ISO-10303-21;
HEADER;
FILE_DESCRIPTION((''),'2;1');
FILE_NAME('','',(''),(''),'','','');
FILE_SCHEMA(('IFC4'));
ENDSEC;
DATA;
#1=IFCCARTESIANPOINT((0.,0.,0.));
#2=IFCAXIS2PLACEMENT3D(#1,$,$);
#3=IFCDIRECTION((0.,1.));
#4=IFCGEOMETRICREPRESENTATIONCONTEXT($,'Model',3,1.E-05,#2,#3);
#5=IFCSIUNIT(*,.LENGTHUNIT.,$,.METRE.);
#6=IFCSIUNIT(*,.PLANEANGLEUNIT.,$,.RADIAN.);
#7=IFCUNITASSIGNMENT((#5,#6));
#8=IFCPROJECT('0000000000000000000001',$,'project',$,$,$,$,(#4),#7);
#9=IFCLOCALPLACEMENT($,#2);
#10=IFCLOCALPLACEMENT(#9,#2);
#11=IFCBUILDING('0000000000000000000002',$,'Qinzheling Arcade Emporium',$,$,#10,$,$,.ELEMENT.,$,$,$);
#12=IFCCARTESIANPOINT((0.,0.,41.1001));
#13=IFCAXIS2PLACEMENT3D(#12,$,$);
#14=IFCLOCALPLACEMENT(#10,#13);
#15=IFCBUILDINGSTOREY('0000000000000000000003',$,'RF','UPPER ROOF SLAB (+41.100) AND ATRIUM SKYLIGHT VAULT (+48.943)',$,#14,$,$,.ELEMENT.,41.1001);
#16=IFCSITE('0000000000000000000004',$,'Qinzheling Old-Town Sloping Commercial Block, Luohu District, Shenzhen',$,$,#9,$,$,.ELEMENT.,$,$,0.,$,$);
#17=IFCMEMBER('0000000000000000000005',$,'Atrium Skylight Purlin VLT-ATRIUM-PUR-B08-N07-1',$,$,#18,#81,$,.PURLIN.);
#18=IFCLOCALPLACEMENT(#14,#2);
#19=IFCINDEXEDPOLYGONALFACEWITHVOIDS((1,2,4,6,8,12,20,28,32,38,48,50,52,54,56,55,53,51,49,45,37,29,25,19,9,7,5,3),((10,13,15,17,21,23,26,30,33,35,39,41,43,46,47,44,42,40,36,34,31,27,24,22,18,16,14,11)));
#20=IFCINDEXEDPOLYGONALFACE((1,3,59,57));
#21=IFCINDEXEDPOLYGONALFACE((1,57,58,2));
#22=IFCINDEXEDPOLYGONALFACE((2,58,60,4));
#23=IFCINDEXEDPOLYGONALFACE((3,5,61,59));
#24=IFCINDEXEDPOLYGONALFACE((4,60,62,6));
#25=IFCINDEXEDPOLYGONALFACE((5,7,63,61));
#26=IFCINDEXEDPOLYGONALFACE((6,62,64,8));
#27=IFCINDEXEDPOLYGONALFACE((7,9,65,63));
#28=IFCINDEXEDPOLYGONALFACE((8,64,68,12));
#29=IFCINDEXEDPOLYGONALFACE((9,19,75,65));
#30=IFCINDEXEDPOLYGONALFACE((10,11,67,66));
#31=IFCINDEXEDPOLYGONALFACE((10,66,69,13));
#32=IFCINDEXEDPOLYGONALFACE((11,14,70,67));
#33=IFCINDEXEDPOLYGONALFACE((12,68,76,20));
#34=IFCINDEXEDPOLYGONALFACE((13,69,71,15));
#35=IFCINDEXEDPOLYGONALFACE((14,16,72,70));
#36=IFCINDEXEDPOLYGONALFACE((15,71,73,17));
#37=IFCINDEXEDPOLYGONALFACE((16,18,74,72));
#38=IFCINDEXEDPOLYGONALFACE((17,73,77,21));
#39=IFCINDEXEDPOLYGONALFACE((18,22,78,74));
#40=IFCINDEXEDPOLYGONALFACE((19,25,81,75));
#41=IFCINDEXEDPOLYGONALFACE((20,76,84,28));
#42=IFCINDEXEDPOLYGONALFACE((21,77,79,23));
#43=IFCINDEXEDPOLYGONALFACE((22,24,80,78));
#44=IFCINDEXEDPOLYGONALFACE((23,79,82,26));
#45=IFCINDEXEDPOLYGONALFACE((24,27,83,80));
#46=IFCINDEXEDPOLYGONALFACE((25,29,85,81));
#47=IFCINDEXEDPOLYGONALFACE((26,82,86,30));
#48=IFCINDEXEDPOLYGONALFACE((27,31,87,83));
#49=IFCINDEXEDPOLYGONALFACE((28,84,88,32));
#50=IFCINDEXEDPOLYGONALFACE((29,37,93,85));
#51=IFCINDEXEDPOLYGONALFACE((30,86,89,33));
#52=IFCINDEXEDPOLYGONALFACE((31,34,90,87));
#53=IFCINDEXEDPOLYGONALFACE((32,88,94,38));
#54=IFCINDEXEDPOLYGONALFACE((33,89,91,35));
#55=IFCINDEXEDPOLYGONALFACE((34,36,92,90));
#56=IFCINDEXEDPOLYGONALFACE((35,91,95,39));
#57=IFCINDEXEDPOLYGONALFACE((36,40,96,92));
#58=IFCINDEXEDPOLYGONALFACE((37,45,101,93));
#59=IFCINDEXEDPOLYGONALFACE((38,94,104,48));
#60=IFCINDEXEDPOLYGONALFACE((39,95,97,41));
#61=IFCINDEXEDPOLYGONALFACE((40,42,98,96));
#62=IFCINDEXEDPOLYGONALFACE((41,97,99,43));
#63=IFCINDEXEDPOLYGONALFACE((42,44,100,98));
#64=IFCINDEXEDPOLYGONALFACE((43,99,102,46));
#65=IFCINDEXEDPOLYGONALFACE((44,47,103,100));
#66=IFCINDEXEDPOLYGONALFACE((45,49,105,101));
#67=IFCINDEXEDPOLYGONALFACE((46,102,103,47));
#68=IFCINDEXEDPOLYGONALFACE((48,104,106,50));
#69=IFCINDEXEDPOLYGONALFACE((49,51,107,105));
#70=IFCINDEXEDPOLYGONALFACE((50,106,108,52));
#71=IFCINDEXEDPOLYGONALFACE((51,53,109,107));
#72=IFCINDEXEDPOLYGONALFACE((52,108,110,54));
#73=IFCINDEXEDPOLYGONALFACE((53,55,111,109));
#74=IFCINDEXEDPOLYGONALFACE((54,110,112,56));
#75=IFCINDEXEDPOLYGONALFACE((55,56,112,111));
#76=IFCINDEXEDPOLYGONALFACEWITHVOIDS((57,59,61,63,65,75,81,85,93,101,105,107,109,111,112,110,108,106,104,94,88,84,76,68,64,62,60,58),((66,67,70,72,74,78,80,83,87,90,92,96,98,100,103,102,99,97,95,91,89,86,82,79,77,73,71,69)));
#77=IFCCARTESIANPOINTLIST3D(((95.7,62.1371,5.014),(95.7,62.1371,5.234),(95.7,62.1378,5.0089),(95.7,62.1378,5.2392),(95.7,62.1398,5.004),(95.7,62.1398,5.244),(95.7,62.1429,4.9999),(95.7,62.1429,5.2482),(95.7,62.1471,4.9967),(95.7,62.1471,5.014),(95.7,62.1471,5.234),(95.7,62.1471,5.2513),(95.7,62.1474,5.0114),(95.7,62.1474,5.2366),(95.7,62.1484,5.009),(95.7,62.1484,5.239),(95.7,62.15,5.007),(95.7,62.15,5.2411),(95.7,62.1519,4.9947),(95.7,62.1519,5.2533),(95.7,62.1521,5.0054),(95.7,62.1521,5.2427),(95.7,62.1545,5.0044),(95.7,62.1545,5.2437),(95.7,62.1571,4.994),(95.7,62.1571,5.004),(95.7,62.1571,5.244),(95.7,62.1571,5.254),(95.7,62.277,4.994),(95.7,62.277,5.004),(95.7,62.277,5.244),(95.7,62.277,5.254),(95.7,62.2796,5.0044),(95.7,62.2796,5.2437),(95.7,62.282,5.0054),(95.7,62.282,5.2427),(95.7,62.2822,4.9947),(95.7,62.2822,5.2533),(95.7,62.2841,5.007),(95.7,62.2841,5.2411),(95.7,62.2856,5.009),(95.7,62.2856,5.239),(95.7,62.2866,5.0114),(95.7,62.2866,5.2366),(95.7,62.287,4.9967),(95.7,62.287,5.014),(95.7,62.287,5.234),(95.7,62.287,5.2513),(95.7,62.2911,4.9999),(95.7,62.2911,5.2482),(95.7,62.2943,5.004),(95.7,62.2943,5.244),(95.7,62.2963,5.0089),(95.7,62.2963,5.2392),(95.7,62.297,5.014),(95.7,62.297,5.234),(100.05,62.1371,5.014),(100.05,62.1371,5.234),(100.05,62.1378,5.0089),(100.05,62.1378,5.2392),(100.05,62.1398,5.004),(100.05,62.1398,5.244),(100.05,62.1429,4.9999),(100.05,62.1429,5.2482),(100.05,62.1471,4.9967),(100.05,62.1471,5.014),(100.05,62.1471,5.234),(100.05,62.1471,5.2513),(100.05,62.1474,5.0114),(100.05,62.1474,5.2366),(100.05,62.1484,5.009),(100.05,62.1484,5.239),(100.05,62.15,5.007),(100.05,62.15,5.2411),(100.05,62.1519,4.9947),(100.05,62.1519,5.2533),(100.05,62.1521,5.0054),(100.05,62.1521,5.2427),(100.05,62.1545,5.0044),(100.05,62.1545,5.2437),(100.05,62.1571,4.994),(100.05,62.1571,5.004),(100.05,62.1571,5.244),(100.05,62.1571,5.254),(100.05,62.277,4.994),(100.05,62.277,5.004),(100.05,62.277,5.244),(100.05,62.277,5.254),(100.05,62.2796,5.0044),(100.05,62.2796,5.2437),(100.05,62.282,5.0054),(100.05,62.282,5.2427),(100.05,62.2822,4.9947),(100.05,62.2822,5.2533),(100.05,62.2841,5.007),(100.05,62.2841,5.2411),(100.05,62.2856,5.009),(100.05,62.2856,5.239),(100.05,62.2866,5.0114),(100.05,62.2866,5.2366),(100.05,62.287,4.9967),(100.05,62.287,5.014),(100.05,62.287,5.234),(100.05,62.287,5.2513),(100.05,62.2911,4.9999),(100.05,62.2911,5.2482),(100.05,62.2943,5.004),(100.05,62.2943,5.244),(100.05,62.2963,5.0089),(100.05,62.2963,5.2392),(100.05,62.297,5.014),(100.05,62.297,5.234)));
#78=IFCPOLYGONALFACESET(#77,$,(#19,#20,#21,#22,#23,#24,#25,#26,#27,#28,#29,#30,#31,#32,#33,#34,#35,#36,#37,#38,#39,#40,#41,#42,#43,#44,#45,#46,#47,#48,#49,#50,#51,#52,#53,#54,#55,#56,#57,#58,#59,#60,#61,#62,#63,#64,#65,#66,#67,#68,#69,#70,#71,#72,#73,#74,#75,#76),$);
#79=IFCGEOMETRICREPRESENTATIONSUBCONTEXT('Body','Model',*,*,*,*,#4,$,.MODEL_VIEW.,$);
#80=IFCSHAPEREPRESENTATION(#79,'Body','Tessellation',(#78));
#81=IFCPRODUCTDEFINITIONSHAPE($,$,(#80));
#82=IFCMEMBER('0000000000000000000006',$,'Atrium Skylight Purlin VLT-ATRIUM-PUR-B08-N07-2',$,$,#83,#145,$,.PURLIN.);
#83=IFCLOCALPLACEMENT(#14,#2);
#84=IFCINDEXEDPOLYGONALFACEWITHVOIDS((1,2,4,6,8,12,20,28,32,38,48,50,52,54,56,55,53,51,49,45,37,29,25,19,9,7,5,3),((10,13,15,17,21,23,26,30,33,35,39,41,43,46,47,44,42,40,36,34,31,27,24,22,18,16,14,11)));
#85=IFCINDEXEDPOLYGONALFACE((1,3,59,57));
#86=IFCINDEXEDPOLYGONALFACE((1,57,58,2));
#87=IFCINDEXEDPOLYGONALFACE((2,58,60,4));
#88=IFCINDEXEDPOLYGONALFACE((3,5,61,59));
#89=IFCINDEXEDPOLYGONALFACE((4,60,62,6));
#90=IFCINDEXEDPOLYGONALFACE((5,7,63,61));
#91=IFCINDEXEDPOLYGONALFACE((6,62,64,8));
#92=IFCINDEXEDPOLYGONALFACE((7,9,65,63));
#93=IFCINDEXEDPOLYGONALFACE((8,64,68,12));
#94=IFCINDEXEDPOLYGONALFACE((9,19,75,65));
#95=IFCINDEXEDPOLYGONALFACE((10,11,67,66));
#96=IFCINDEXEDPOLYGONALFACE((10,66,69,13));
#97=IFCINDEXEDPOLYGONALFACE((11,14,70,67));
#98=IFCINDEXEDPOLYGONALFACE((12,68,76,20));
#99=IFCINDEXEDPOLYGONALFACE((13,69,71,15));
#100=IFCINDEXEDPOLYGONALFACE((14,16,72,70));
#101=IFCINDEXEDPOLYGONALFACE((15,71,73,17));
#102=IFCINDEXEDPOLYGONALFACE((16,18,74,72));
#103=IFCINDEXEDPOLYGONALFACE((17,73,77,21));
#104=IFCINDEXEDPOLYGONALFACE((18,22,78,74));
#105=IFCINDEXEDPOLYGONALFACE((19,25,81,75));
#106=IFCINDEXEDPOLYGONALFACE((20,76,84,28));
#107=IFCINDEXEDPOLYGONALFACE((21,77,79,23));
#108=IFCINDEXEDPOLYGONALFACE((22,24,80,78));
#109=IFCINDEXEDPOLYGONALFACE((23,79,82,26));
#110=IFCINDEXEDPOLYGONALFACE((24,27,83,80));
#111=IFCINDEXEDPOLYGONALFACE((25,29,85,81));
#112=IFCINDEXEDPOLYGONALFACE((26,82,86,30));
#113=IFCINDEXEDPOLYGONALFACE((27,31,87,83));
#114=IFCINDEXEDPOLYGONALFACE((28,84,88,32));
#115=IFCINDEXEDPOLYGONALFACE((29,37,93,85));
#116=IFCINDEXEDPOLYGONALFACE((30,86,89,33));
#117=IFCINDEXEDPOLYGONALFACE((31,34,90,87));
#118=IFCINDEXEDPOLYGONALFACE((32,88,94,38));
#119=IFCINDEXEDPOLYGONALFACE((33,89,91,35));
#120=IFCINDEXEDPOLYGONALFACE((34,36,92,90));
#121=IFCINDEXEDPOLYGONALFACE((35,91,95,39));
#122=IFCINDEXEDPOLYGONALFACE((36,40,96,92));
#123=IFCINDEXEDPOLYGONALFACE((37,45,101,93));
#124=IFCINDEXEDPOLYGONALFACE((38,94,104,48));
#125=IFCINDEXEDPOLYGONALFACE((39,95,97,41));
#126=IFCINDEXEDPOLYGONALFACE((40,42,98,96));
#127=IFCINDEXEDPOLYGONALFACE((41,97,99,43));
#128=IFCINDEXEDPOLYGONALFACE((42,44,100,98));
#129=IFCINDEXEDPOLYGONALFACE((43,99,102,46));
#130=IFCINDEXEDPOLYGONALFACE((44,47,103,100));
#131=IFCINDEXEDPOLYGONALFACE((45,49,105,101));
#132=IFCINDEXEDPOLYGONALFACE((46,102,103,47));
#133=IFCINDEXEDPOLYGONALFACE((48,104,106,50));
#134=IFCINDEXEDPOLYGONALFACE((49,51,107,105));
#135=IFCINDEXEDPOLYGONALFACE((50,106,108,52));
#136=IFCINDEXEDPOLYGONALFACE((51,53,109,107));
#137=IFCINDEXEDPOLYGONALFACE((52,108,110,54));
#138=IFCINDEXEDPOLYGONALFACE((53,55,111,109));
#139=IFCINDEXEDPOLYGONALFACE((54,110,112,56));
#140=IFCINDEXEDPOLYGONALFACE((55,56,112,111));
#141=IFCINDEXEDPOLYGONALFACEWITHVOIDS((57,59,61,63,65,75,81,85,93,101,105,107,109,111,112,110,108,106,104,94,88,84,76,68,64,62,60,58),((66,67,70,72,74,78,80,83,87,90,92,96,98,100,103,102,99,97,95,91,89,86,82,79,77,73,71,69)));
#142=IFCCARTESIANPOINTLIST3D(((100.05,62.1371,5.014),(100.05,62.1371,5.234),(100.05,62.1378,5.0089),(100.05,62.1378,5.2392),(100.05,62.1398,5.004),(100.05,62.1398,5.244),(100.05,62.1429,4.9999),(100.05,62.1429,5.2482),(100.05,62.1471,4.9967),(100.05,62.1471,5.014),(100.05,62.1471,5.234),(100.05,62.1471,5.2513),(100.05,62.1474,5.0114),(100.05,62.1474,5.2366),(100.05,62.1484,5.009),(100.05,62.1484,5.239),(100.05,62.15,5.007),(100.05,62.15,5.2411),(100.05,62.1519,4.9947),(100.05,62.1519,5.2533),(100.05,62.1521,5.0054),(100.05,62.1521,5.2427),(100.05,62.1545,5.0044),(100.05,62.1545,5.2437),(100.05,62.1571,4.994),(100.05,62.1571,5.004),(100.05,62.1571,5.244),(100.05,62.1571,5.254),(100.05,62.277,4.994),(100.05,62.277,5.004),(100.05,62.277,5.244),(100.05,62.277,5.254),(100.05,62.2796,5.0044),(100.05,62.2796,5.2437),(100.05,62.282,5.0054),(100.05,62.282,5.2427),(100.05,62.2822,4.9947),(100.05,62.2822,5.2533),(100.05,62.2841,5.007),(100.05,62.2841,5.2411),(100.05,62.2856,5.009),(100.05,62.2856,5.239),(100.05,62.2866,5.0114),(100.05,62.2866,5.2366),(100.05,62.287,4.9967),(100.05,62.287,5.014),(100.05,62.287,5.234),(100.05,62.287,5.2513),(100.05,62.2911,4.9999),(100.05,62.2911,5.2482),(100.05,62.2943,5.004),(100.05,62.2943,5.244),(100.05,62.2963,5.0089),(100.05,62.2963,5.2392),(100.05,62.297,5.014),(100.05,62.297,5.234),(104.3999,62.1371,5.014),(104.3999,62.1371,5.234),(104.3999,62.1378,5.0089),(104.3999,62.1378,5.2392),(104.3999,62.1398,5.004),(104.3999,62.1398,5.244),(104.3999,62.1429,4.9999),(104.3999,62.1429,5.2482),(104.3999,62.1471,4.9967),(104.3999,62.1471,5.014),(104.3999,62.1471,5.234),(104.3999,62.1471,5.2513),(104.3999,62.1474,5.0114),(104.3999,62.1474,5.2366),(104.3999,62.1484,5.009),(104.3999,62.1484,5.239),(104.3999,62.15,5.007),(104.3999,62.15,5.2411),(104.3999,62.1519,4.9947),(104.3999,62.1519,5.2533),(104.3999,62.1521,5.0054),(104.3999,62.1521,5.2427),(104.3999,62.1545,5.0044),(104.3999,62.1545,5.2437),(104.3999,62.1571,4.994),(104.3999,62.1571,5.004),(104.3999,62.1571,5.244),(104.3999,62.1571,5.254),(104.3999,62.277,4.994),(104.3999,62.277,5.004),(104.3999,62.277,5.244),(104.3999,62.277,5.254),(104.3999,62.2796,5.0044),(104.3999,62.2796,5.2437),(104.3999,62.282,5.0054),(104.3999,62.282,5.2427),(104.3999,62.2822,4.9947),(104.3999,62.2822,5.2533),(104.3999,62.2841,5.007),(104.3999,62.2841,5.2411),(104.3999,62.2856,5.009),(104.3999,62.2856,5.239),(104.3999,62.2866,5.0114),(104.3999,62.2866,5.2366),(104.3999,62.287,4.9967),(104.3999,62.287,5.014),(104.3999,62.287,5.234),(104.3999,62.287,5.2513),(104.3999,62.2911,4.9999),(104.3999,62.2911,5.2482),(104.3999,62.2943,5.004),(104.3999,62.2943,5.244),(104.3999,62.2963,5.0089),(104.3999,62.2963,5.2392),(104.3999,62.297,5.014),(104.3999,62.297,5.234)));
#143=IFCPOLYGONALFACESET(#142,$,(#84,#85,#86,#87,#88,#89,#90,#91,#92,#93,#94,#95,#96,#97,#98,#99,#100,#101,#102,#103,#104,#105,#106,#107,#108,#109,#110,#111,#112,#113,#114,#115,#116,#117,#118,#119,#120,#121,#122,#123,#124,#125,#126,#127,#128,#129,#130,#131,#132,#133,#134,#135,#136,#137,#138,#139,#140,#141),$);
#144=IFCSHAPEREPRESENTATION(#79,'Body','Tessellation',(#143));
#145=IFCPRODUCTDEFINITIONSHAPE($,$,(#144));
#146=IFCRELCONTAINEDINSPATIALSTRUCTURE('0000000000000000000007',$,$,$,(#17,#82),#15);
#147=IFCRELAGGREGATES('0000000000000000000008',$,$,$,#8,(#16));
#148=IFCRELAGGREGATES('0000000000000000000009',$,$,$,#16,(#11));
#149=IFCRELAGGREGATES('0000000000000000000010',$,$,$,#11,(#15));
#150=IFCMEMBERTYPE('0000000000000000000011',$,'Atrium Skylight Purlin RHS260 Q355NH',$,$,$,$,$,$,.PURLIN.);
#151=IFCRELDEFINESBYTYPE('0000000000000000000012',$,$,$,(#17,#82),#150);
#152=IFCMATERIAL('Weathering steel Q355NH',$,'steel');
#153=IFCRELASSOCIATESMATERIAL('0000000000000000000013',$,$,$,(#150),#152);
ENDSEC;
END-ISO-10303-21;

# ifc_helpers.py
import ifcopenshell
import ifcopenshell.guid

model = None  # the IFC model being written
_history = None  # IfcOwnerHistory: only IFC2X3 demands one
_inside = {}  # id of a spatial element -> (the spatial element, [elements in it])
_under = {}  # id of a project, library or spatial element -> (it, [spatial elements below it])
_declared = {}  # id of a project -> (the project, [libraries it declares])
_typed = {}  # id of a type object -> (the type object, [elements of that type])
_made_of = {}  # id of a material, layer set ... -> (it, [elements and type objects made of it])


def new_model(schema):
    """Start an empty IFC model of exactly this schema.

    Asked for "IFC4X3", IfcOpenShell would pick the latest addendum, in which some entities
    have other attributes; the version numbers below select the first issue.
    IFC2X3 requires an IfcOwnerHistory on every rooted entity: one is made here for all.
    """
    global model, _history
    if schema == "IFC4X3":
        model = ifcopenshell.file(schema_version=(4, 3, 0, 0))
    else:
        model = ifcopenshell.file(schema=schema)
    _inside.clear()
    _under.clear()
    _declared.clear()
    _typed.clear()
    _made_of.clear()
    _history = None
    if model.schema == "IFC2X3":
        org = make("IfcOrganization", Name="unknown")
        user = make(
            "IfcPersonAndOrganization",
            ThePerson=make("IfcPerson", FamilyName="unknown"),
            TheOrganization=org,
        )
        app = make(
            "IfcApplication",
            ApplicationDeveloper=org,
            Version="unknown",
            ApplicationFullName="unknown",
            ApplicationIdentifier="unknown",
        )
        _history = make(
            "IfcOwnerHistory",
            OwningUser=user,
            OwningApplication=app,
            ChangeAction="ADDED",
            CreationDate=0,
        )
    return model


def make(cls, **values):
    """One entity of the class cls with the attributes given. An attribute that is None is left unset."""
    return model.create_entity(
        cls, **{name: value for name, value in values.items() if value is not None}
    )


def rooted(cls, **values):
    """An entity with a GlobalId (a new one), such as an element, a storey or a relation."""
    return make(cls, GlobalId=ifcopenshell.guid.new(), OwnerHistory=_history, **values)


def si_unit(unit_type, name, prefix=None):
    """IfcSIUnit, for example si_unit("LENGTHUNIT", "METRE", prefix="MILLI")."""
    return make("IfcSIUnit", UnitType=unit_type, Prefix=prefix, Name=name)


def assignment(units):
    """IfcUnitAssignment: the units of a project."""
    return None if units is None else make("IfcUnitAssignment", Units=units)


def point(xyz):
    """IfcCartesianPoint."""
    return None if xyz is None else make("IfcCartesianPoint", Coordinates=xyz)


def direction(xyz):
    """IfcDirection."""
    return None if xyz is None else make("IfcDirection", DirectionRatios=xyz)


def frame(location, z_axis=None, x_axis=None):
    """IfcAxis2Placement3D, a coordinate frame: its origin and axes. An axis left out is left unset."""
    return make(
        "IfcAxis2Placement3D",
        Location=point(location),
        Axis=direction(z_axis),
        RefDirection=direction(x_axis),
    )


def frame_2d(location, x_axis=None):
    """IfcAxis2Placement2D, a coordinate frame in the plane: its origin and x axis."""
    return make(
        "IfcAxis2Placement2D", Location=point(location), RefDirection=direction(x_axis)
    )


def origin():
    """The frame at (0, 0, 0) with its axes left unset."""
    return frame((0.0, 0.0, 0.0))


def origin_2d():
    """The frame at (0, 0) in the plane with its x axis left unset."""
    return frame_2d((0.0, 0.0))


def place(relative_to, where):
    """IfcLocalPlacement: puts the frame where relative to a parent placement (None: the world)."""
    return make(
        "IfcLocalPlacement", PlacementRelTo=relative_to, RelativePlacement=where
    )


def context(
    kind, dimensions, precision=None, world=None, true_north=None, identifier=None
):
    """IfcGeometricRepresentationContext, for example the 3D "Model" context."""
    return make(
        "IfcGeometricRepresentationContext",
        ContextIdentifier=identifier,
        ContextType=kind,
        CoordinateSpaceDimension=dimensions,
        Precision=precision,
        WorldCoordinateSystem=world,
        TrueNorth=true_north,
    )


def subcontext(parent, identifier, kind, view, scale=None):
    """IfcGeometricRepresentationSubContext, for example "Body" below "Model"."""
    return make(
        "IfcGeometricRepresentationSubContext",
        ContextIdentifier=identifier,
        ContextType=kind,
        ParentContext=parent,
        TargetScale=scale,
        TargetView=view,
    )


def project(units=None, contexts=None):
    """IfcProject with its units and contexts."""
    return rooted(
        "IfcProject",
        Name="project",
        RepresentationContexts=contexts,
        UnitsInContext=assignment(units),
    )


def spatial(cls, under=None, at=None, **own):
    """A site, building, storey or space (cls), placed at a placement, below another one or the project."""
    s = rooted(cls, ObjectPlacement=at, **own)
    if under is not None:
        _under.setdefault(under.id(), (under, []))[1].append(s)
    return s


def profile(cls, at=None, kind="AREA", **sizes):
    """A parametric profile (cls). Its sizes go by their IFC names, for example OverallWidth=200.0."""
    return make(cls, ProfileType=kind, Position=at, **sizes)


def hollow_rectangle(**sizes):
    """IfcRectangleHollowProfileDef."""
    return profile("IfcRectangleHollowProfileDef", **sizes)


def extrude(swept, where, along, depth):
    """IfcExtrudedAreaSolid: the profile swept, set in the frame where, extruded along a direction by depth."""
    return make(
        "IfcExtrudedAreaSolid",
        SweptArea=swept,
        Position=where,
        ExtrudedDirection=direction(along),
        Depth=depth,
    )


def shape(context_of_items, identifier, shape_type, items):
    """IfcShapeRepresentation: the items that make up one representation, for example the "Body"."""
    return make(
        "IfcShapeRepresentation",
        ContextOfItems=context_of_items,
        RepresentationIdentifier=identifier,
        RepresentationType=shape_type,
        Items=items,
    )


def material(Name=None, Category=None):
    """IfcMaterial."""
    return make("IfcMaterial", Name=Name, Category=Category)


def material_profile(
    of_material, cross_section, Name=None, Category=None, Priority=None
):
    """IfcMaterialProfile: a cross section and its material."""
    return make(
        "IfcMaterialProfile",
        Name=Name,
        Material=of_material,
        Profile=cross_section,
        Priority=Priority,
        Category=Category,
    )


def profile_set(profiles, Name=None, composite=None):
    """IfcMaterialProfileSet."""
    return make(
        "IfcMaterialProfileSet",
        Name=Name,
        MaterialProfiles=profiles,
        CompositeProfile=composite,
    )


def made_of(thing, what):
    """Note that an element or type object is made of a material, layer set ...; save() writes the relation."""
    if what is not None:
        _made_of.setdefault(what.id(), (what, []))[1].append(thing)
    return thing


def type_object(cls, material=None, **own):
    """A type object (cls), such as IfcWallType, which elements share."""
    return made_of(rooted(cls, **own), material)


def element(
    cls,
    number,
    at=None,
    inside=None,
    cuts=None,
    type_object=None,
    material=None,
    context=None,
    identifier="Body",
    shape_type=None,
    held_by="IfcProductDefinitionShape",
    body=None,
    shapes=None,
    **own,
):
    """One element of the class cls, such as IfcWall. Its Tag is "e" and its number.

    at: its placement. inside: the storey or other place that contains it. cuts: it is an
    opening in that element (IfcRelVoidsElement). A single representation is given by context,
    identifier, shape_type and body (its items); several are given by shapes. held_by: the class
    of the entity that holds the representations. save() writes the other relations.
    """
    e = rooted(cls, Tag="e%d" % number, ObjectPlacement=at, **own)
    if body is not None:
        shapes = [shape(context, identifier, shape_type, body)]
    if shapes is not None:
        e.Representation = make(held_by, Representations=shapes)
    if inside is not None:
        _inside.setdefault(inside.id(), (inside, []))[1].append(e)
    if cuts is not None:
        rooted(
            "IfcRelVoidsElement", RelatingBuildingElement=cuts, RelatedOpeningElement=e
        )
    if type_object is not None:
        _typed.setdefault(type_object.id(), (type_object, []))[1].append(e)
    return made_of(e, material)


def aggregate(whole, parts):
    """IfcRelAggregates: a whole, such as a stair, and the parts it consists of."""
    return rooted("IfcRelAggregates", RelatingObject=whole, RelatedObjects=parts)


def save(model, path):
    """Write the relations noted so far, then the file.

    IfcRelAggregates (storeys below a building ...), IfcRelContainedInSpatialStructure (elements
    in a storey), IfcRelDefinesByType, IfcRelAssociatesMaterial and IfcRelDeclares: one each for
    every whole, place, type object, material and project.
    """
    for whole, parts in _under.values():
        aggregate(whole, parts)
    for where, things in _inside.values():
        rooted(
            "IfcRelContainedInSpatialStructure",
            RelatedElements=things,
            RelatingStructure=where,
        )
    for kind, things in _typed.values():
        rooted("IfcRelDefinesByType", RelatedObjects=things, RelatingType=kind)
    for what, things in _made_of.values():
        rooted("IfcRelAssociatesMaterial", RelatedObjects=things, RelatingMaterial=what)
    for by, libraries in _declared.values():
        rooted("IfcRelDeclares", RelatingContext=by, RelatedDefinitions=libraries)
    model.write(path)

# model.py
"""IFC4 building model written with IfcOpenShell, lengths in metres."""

from ifc_helpers import new_model, si_unit, direction, frame, origin, origin_2d, place, context, subcontext, project, spatial, hollow_rectangle, extrude, material, material_profile, profile_set, type_object, element, save


model = new_model("IFC4")

# Units and contexts
model_context = context("Model", 3, precision=1e-05, world=origin(), true_north=direction((0.0, 1.0)))
body_context = subcontext(model_context, "Body", "Model", "MODEL_VIEW")
ifc_project = project(units=[si_unit("LENGTHUNIT", "METRE"), si_unit("PLANEANGLEUNIT", "RADIAN")], contexts=[model_context])

# Site, building, storey
site_placement = place(None, origin())
site = spatial("IfcSite", under=ifc_project, at=site_placement, Name="Qinzheling Old-Town Sloping Commercial Block, Luohu District, Shenzhen", CompositionType="ELEMENT", RefElevation=0.0)
building_placement = place(site_placement, origin())
building = spatial("IfcBuilding", under=site, at=building_placement, Name="Qinzheling Arcade Emporium", CompositionType="ELEMENT")
storey_placement = place(building_placement, frame((0.0, 0.0, 41.1001)))
storey = spatial("IfcBuildingStorey", under=building, at=storey_placement, Name="RF", Description="UPPER ROOF SLAB (+41.100) AND ATRIUM SKYLIGHT VAULT (+48.943)", CompositionType="ELEMENT", Elevation=41.1001)

# Shared definitions
ifc_material_1 = material(Name="Weathering steel Q355NH", Category="steel")

# Members
ifc_material_profile_1 = material_profile(ifc_material_1, hollow_rectangle(XDim=0.1599, YDim=0.26, WallThickness=0.01, InnerFilletRadius=0.01, OuterFilletRadius=0.02, at=origin_2d()), Name="RHS 260x160x10", Category="steel")
ifc_profile_set_1 = profile_set([ifc_material_profile_1], Name="Weathering steel Q355NH")
member_type = type_object("IfcMemberType", Name="Atrium Skylight Purlin RHS260 Q355NH", PredefinedType="PURLIN", material=ifc_profile_set_1)
member_1_placement = place(storey_placement, frame((95.7, 62.217, 5.124), z_axis=(1.0, 0.0, 0.0), x_axis=(0.0, 1.0, 0.0)))
element("IfcMember", 1, at=member_1_placement, inside=storey, type_object=member_type, Name="Atrium Skylight Purlin VLT-ATRIUM-PUR-B08-N07-1", PredefinedType="PURLIN", context=body_context, shape_type="SweptSolid", body=[
    extrude(hollow_rectangle(XDim=0.1599, YDim=0.26, WallThickness=0.01, InnerFilletRadius=0.01, OuterFilletRadius=0.02, at=origin_2d()), origin(), (0.0, 0.0, 1.0), 4.3501),
])
member_2_placement = place(storey_placement, frame((100.05, 62.217, 5.124), z_axis=(1.0, 0.0, 0.0), x_axis=(0.0, 1.0, 0.0)))
element("IfcMember", 2, at=member_2_placement, inside=storey, type_object=member_type, Name="Atrium Skylight Purlin VLT-ATRIUM-PUR-B08-N07-2", PredefinedType="PURLIN", context=body_context, shape_type="SweptSolid", body=[
    extrude(hollow_rectangle(XDim=0.1599, YDim=0.26, WallThickness=0.01, InnerFilletRadius=0.01, OuterFilletRadius=0.02, at=origin_2d()), origin(), (0.0, 0.0, 1.0), 4.3499),
])

save(model, "model.ifc")
